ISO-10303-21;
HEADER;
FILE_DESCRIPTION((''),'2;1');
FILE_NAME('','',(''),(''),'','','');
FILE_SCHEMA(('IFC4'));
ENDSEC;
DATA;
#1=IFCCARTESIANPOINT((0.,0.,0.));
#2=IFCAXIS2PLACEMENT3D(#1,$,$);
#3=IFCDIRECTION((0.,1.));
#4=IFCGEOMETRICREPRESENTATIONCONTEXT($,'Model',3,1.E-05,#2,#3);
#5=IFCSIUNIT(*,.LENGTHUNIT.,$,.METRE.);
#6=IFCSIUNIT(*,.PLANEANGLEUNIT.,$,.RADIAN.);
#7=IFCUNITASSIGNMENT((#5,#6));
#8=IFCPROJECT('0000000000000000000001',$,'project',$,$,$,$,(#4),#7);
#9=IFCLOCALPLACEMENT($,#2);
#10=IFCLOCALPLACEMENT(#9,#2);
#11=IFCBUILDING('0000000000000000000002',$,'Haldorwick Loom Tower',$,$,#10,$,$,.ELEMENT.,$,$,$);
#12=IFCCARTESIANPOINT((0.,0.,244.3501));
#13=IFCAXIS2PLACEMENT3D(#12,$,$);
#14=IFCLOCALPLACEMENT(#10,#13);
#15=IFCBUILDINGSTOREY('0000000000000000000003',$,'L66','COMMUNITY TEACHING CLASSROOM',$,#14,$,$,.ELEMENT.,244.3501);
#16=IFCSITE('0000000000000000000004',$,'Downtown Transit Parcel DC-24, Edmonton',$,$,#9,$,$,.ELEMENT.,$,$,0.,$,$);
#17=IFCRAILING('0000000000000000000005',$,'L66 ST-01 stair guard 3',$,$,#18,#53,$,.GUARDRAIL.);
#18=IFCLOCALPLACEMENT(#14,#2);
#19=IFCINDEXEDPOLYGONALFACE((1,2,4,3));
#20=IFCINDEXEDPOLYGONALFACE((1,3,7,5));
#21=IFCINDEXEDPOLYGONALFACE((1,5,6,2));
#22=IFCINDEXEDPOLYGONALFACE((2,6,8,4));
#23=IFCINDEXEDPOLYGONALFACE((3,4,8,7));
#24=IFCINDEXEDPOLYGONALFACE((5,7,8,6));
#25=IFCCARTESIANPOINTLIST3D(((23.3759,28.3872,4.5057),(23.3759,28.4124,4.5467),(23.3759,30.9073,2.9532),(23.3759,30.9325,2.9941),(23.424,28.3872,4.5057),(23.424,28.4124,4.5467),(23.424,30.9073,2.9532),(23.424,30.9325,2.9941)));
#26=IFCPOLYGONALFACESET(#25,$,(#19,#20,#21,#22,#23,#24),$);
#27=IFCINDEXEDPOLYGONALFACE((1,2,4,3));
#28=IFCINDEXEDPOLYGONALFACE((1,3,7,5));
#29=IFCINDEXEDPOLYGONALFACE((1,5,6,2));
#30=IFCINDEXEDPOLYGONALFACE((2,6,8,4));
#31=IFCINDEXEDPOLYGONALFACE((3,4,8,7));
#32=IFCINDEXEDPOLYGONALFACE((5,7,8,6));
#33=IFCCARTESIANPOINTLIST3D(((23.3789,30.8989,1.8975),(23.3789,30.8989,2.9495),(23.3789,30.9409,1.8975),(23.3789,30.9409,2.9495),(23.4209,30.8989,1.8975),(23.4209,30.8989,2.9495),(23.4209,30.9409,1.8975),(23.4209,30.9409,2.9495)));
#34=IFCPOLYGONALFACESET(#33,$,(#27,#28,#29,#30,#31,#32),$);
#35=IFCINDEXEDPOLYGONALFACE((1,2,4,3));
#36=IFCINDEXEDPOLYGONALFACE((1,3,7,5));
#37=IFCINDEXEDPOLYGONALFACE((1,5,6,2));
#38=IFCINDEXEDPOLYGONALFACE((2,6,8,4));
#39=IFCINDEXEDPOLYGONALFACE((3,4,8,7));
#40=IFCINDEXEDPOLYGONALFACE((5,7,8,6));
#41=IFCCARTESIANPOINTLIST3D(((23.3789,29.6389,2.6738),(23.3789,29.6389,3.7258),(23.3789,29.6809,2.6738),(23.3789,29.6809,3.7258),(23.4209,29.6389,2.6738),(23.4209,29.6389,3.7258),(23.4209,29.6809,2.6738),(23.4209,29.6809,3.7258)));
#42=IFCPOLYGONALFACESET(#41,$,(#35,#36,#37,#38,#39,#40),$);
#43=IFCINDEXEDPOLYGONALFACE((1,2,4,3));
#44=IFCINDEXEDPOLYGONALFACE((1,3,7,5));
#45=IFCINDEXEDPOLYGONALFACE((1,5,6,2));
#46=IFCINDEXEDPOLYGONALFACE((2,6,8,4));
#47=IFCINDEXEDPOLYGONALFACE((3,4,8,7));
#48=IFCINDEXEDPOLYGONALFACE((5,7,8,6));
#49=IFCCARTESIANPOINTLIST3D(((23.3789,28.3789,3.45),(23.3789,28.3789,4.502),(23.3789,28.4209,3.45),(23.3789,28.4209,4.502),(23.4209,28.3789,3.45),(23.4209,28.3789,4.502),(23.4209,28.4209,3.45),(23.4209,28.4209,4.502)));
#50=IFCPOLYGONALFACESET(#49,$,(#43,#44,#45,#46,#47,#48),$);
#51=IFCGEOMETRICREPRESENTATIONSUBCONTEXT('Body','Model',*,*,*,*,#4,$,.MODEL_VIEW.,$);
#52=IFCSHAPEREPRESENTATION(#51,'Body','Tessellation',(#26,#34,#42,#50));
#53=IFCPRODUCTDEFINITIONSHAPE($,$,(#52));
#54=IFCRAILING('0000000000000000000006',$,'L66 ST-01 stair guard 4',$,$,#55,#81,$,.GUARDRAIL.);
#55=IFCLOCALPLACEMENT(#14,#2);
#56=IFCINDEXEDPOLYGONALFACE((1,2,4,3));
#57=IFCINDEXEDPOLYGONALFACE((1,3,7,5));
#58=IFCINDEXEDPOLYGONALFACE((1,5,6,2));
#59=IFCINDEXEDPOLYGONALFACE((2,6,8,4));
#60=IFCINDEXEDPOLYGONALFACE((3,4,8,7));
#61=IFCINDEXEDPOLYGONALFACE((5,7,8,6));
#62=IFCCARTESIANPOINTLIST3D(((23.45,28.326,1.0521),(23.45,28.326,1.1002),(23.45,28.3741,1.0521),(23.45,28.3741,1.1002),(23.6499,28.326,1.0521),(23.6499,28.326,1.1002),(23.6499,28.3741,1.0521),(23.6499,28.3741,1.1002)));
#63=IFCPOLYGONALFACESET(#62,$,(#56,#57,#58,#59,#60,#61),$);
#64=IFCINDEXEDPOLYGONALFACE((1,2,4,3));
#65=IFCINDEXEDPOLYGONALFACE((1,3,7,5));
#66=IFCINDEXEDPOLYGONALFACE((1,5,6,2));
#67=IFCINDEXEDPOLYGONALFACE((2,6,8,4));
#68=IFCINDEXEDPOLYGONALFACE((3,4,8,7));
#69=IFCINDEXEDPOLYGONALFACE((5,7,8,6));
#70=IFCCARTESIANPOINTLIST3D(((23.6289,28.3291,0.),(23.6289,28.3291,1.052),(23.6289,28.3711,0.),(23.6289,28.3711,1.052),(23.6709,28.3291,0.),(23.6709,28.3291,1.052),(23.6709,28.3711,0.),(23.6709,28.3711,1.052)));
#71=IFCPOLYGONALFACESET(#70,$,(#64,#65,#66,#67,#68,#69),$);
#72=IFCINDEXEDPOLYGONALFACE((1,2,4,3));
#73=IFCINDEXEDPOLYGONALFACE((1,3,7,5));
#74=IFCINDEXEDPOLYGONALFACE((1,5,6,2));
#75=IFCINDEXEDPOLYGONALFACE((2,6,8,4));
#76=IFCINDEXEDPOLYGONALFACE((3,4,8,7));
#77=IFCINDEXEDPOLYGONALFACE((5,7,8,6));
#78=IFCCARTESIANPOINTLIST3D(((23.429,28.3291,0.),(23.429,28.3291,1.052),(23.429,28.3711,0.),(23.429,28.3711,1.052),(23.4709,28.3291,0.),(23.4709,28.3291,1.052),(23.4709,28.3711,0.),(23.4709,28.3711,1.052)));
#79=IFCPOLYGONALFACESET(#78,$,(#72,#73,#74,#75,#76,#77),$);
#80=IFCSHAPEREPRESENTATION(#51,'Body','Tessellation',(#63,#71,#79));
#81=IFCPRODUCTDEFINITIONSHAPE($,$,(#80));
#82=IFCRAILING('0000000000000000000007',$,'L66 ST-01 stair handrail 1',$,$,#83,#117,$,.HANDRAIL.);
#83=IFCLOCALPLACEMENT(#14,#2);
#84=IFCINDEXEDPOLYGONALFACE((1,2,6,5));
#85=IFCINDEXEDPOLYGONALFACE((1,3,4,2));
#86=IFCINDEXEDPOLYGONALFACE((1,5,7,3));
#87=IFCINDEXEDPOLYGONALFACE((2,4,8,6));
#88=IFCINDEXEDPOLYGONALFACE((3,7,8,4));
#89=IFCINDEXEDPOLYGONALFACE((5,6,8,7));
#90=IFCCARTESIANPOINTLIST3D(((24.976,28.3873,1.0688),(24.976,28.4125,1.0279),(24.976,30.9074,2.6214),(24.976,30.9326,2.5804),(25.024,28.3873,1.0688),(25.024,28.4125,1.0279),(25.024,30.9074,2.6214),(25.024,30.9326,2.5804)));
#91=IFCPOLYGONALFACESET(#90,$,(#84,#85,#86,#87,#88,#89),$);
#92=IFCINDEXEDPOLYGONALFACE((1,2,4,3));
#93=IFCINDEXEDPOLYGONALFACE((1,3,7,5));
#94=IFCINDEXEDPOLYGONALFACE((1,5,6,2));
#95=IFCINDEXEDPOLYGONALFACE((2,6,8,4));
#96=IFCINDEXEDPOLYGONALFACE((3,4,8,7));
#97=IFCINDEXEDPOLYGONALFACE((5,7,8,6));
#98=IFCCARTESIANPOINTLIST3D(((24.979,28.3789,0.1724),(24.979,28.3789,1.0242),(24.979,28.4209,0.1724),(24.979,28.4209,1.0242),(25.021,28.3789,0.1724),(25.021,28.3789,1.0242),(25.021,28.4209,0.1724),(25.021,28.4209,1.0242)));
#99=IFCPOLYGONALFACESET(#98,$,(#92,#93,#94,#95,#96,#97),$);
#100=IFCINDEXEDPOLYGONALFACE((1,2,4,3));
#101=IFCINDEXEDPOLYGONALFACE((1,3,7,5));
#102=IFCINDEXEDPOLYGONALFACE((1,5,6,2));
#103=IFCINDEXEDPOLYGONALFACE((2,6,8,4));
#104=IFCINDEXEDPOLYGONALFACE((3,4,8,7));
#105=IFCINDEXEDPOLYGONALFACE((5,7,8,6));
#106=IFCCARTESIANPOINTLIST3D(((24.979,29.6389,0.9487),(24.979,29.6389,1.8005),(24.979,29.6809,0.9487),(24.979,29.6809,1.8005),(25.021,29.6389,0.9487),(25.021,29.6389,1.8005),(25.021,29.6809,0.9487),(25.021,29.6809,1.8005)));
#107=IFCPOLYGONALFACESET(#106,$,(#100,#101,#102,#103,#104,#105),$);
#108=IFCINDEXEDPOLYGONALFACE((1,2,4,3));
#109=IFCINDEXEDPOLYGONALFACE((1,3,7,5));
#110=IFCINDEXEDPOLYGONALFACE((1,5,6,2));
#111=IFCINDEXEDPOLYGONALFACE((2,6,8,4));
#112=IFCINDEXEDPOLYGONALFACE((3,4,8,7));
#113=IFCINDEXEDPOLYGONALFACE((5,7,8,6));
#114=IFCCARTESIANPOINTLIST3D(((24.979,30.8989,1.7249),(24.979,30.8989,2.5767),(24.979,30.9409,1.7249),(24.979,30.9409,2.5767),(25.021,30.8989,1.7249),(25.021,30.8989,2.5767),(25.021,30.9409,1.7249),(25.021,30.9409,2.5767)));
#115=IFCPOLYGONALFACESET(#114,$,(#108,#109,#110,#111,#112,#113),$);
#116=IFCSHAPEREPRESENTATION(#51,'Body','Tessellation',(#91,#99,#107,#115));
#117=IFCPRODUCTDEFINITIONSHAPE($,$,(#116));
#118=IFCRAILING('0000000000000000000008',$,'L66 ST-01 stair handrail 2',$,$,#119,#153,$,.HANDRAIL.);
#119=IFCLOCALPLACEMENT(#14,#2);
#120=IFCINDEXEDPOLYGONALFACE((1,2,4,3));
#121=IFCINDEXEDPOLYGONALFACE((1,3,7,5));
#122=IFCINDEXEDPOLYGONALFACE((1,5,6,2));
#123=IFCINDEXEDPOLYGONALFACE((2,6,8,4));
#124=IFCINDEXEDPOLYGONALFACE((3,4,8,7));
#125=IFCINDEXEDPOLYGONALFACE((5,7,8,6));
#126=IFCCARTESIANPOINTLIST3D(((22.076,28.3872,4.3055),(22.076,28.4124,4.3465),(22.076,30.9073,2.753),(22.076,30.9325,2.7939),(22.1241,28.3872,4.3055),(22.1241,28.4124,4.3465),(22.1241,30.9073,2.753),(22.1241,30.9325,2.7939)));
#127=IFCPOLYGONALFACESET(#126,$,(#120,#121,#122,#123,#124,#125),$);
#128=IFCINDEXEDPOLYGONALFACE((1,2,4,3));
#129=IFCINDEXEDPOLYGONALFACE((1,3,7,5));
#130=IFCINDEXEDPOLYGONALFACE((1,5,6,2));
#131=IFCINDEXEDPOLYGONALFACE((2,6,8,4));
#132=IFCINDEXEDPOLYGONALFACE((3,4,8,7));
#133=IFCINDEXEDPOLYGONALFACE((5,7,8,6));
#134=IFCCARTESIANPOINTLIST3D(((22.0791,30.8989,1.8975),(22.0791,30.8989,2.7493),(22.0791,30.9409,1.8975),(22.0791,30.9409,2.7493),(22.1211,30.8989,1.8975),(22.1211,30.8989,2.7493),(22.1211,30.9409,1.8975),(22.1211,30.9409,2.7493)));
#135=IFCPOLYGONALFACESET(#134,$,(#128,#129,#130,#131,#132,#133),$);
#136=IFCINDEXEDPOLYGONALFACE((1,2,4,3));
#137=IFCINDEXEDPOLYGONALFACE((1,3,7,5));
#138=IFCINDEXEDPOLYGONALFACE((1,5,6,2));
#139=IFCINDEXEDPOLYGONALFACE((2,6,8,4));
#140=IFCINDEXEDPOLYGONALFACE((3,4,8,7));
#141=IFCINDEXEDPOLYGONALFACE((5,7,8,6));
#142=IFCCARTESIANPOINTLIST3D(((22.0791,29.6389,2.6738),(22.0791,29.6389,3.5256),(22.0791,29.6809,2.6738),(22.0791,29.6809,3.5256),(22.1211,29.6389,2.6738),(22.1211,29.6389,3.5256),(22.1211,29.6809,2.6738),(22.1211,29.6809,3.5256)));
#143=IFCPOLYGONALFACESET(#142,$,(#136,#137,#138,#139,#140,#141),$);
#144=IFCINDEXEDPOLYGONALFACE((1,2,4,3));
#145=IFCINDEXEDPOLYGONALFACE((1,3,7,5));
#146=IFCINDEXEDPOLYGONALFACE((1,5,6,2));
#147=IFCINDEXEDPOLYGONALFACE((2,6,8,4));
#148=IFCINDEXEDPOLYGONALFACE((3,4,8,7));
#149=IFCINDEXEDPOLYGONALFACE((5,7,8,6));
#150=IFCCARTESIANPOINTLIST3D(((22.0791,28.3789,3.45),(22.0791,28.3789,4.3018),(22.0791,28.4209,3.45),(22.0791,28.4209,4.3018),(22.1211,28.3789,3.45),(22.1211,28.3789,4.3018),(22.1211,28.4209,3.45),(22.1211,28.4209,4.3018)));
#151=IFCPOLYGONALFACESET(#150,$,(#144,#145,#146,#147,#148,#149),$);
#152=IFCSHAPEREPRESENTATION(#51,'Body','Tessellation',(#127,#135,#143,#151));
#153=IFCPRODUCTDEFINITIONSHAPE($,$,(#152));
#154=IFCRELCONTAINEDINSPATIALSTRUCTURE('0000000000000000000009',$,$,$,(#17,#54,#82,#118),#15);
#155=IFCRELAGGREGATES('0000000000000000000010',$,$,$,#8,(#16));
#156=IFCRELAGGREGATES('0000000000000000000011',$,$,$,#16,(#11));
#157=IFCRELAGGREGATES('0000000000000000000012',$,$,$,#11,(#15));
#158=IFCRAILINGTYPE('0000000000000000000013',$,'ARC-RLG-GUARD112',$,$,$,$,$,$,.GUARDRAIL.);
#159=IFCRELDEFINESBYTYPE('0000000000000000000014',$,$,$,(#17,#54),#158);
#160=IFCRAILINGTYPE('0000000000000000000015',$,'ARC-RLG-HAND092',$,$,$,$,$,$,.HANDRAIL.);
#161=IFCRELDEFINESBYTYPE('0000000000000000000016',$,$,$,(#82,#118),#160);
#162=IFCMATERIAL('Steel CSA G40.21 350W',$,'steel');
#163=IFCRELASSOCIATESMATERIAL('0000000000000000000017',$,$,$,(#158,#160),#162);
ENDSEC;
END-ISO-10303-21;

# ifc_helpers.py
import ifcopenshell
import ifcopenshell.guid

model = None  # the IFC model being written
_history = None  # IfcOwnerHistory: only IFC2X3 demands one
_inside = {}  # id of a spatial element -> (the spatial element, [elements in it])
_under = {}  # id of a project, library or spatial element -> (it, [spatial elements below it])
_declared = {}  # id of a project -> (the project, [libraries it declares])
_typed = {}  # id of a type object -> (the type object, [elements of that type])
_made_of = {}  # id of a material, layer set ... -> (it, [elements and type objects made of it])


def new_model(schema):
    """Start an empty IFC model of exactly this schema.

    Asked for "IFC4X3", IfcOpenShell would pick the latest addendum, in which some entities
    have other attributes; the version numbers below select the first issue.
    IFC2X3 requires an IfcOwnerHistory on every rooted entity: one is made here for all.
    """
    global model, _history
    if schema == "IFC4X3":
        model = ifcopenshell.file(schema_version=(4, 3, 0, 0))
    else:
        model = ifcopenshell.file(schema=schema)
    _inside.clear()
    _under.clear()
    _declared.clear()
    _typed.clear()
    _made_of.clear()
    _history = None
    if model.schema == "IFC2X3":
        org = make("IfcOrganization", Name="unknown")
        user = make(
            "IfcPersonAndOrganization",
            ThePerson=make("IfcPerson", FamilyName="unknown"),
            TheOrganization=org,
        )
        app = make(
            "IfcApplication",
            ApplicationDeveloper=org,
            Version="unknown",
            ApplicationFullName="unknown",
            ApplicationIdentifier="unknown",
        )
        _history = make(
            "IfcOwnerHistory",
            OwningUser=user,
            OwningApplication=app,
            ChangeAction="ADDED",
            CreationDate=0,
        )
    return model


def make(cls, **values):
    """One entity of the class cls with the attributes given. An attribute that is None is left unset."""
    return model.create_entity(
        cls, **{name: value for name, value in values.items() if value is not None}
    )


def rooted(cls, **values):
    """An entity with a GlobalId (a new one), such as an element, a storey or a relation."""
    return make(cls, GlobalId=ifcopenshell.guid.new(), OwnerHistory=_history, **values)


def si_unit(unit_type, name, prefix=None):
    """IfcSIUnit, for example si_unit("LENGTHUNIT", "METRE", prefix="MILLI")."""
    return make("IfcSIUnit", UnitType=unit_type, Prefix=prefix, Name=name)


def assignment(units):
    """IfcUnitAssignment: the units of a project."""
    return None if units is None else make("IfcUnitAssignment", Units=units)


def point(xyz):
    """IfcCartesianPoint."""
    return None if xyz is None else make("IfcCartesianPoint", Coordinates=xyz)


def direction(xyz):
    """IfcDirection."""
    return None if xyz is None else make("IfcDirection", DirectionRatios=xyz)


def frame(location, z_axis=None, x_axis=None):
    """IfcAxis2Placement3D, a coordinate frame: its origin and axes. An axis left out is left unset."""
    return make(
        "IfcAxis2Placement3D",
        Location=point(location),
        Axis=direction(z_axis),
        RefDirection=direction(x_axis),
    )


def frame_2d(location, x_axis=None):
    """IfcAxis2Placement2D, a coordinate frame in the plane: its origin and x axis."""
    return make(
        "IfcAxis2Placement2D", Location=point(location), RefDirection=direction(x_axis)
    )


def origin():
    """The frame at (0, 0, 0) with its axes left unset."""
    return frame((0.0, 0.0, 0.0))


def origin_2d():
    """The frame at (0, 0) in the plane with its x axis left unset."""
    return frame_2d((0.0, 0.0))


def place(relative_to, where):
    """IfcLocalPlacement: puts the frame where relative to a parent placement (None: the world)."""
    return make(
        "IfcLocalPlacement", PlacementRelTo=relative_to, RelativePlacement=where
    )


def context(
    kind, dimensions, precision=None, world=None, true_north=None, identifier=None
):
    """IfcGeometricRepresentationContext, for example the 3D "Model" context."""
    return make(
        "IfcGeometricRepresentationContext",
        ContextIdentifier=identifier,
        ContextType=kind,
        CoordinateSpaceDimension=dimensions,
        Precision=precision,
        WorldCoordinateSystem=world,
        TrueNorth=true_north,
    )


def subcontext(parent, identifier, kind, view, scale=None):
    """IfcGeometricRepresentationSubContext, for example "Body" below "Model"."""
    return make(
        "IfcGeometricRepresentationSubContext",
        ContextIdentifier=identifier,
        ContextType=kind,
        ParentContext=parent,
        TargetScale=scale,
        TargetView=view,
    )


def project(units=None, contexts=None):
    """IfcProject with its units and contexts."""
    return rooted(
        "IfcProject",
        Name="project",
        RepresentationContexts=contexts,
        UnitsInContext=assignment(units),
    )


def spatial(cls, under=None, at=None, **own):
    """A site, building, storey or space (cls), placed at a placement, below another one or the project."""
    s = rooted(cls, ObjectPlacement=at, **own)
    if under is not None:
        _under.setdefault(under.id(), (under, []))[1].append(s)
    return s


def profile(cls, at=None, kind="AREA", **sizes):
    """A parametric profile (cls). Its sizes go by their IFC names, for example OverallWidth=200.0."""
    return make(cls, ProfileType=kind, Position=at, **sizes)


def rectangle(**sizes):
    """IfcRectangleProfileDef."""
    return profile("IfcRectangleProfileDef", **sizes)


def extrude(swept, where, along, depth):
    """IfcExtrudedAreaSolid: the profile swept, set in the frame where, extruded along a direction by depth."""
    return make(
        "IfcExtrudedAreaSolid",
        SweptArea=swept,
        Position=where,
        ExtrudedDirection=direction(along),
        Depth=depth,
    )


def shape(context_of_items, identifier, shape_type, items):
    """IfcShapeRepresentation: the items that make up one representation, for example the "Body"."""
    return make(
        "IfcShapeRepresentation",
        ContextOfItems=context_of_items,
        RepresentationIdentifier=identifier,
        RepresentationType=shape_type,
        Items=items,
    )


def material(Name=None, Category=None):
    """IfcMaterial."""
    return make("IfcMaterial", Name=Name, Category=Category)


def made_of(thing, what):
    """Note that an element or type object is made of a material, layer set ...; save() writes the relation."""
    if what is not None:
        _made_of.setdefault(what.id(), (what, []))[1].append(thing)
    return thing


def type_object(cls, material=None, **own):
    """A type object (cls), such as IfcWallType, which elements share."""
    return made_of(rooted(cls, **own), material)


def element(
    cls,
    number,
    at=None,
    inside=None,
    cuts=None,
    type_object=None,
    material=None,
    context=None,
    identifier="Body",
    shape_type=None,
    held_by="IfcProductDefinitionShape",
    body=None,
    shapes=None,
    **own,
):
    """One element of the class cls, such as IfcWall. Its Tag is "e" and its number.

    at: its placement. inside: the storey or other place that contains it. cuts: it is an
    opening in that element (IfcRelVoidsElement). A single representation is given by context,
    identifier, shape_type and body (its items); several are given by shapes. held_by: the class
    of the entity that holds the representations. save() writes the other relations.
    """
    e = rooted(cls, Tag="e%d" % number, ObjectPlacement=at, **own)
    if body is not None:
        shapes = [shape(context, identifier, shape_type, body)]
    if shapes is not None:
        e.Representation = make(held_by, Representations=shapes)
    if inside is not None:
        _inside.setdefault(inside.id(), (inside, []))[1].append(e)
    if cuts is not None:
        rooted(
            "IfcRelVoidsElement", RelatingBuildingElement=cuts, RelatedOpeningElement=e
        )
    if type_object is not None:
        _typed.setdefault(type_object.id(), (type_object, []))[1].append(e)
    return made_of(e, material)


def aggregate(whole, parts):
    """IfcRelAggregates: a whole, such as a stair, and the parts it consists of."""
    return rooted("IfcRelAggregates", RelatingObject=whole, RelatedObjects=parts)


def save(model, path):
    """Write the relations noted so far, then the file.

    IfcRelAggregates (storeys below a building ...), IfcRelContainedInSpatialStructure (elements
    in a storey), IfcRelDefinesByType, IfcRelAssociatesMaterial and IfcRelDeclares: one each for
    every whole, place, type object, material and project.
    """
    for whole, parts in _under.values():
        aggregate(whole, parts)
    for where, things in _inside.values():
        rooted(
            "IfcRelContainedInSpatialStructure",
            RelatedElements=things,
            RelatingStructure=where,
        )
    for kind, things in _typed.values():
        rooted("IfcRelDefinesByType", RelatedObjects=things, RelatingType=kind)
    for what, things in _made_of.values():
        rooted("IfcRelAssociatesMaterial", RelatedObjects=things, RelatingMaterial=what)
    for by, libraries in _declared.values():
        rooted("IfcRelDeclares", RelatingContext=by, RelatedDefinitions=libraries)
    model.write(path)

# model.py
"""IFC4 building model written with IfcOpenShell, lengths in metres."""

from ifc_helpers import new_model, si_unit, direction, frame, origin, origin_2d, place, context, subcontext, project, spatial, rectangle, extrude, material, type_object, element, save


model = new_model("IFC4")

# Units and contexts
model_context = context("Model", 3, precision=1e-05, world=origin(), true_north=direction((0.0, 1.0)))
body_context = subcontext(model_context, "Body", "Model", "MODEL_VIEW")
ifc_project = project(units=[si_unit("LENGTHUNIT", "METRE"), si_unit("PLANEANGLEUNIT", "RADIAN")], contexts=[model_context])

# Site, building, storey
site_placement = place(None, origin())
site = spatial("IfcSite", under=ifc_project, at=site_placement, Name="Downtown Transit Parcel DC-24, Edmonton", CompositionType="ELEMENT", RefElevation=0.0)
building_placement = place(site_placement, origin())
building = spatial("IfcBuilding", under=site, at=building_placement, Name="Haldorwick Loom Tower", CompositionType="ELEMENT")
storey_placement = place(building_placement, frame((0.0, 0.0, 244.3501)))
storey = spatial("IfcBuildingStorey", under=building, at=storey_placement, Name="L66", Description="COMMUNITY TEACHING CLASSROOM", CompositionType="ELEMENT", Elevation=244.3501)

# Shared definitions
ifc_material_1 = material(Name="Steel CSA G40.21 350W", Category="steel")

# Railings
railing_type_1 = type_object("IfcRailingType", Name="ARC-RLG-GUARD112", PredefinedType="GUARDRAIL", material=ifc_material_1)
railing_1_placement = place(storey_placement, frame((23.3999, 30.9199, 1.8975)))
element("IfcRailing", 1, at=railing_1_placement, inside=storey, type_object=railing_type_1, Name="L66 ST-01 stair guard 3", PredefinedType="GUARDRAIL", context=body_context, shape_type="SweptSolid", body=[
    extrude(rectangle(XDim=0.0481, YDim=0.0481, at=origin_2d()), frame((0.0, 0.0, 1.0762), z_axis=(0.0, -0.8514, 0.524516), x_axis=(1.0, 0.0, 0.0)), (0.0, 0.0, 1.0), 2.96),
    extrude(rectangle(XDim=0.042, YDim=0.042, at=origin_2d()), origin(), (0.0, 0.0, 1.0), 1.052),
    extrude(rectangle(XDim=0.042, YDim=0.042, at=origin_2d()), frame((0.0, -1.26, 0.7764)), (0.0, 0.0, 1.0), 1.052),
    extrude(rectangle(XDim=0.042, YDim=0.042, at=origin_2d()), frame((0.0, -2.52, 1.5525)), (0.0, 0.0, 1.0), 1.052),
])
railing_2_placement = place(storey_placement, frame((23.6499, 28.3501, 0.0)))
element("IfcRailing", 2, at=railing_2_placement, inside=storey, type_object=railing_type_1, Name="L66 ST-01 stair guard 4", PredefinedType="GUARDRAIL", context=body_context, shape_type="SweptSolid", body=[
    extrude(rectangle(XDim=0.0481, YDim=0.0481, at=origin_2d()), frame((0.0, 0.0, 1.0762), z_axis=(-1.0, 0.0, 0.0), x_axis=(0.0, -1.0, 0.0)), (0.0, 0.0, 1.0), 0.2),
    extrude(rectangle(XDim=0.042, YDim=0.042, at=origin_2d()), origin(), (0.0, 0.0, 1.0), 1.052),
    extrude(rectangle(XDim=0.042, YDim=0.042, at=origin_2d()), frame((-0.2, 0.0, 0.0)), (0.0, 0.0, 1.0), 1.052),
])
railing_type_2 = type_object("IfcRailingType", Name="ARC-RLG-HAND092", PredefinedType="HANDRAIL", material=ifc_material_1)
railing_3_placement = place(storey_placement, frame((25.0, 28.3999, 0.1724)))
element("IfcRailing", 3, at=railing_3_placement, inside=storey, type_object=railing_type_2, Name="L66 ST-01 stair handrail 1", PredefinedType="HANDRAIL", context=body_context, shape_type="SweptSolid", body=[
    extrude(rectangle(XDim=0.0481, YDim=0.0481, at=origin_2d()), frame((0.0, 0.0, 0.876), z_axis=(0.0, 0.8514, 0.524516), x_axis=(-1.0, 0.0, 0.0)), (0.0, 0.0, 1.0), 2.96),
    extrude(rectangle(XDim=0.042, YDim=0.042, at=origin_2d()), origin(), (0.0, 0.0, 1.0), 0.8518),
    extrude(rectangle(XDim=0.042, YDim=0.042, at=origin_2d()), frame((0.0, 1.26, 0.7764)), (0.0, 0.0, 1.0), 0.8518),
    extrude(rectangle(XDim=0.042, YDim=0.042, at=origin_2d()), frame((0.0, 2.52, 1.5525)), (0.0, 0.0, 1.0), 0.8518),
])
railing_4_placement = place(storey_placement, frame((22.1001, 30.9199, 1.8975)))
element("IfcRailing", 4, at=railing_4_placement, inside=storey, type_object=railing_type_2, Name="L66 ST-01 stair handrail 2", PredefinedType="HANDRAIL", context=body_context, shape_type="SweptSolid", body=[
    extrude(rectangle(XDim=0.0481, YDim=0.0481, at=origin_2d()), frame((0.0, 0.0, 0.876), z_axis=(0.0, -0.8514, 0.524516), x_axis=(1.0, 0.0, 0.0)), (0.0, 0.0, 1.0), 2.96),
    extrude(rectangle(XDim=0.042, YDim=0.042, at=origin_2d()), origin(), (0.0, 0.0, 1.0), 0.8518),
    extrude(rectangle(XDim=0.042, YDim=0.042, at=origin_2d()), frame((0.0, -1.26, 0.7764)), (0.0, 0.0, 1.0), 0.8518),
    extrude(rectangle(XDim=0.042, YDim=0.042, at=origin_2d()), frame((0.0, -2.52, 1.5525)), (0.0, 0.0, 1.0), 0.8518),
])

save(model, "model.ifc")
